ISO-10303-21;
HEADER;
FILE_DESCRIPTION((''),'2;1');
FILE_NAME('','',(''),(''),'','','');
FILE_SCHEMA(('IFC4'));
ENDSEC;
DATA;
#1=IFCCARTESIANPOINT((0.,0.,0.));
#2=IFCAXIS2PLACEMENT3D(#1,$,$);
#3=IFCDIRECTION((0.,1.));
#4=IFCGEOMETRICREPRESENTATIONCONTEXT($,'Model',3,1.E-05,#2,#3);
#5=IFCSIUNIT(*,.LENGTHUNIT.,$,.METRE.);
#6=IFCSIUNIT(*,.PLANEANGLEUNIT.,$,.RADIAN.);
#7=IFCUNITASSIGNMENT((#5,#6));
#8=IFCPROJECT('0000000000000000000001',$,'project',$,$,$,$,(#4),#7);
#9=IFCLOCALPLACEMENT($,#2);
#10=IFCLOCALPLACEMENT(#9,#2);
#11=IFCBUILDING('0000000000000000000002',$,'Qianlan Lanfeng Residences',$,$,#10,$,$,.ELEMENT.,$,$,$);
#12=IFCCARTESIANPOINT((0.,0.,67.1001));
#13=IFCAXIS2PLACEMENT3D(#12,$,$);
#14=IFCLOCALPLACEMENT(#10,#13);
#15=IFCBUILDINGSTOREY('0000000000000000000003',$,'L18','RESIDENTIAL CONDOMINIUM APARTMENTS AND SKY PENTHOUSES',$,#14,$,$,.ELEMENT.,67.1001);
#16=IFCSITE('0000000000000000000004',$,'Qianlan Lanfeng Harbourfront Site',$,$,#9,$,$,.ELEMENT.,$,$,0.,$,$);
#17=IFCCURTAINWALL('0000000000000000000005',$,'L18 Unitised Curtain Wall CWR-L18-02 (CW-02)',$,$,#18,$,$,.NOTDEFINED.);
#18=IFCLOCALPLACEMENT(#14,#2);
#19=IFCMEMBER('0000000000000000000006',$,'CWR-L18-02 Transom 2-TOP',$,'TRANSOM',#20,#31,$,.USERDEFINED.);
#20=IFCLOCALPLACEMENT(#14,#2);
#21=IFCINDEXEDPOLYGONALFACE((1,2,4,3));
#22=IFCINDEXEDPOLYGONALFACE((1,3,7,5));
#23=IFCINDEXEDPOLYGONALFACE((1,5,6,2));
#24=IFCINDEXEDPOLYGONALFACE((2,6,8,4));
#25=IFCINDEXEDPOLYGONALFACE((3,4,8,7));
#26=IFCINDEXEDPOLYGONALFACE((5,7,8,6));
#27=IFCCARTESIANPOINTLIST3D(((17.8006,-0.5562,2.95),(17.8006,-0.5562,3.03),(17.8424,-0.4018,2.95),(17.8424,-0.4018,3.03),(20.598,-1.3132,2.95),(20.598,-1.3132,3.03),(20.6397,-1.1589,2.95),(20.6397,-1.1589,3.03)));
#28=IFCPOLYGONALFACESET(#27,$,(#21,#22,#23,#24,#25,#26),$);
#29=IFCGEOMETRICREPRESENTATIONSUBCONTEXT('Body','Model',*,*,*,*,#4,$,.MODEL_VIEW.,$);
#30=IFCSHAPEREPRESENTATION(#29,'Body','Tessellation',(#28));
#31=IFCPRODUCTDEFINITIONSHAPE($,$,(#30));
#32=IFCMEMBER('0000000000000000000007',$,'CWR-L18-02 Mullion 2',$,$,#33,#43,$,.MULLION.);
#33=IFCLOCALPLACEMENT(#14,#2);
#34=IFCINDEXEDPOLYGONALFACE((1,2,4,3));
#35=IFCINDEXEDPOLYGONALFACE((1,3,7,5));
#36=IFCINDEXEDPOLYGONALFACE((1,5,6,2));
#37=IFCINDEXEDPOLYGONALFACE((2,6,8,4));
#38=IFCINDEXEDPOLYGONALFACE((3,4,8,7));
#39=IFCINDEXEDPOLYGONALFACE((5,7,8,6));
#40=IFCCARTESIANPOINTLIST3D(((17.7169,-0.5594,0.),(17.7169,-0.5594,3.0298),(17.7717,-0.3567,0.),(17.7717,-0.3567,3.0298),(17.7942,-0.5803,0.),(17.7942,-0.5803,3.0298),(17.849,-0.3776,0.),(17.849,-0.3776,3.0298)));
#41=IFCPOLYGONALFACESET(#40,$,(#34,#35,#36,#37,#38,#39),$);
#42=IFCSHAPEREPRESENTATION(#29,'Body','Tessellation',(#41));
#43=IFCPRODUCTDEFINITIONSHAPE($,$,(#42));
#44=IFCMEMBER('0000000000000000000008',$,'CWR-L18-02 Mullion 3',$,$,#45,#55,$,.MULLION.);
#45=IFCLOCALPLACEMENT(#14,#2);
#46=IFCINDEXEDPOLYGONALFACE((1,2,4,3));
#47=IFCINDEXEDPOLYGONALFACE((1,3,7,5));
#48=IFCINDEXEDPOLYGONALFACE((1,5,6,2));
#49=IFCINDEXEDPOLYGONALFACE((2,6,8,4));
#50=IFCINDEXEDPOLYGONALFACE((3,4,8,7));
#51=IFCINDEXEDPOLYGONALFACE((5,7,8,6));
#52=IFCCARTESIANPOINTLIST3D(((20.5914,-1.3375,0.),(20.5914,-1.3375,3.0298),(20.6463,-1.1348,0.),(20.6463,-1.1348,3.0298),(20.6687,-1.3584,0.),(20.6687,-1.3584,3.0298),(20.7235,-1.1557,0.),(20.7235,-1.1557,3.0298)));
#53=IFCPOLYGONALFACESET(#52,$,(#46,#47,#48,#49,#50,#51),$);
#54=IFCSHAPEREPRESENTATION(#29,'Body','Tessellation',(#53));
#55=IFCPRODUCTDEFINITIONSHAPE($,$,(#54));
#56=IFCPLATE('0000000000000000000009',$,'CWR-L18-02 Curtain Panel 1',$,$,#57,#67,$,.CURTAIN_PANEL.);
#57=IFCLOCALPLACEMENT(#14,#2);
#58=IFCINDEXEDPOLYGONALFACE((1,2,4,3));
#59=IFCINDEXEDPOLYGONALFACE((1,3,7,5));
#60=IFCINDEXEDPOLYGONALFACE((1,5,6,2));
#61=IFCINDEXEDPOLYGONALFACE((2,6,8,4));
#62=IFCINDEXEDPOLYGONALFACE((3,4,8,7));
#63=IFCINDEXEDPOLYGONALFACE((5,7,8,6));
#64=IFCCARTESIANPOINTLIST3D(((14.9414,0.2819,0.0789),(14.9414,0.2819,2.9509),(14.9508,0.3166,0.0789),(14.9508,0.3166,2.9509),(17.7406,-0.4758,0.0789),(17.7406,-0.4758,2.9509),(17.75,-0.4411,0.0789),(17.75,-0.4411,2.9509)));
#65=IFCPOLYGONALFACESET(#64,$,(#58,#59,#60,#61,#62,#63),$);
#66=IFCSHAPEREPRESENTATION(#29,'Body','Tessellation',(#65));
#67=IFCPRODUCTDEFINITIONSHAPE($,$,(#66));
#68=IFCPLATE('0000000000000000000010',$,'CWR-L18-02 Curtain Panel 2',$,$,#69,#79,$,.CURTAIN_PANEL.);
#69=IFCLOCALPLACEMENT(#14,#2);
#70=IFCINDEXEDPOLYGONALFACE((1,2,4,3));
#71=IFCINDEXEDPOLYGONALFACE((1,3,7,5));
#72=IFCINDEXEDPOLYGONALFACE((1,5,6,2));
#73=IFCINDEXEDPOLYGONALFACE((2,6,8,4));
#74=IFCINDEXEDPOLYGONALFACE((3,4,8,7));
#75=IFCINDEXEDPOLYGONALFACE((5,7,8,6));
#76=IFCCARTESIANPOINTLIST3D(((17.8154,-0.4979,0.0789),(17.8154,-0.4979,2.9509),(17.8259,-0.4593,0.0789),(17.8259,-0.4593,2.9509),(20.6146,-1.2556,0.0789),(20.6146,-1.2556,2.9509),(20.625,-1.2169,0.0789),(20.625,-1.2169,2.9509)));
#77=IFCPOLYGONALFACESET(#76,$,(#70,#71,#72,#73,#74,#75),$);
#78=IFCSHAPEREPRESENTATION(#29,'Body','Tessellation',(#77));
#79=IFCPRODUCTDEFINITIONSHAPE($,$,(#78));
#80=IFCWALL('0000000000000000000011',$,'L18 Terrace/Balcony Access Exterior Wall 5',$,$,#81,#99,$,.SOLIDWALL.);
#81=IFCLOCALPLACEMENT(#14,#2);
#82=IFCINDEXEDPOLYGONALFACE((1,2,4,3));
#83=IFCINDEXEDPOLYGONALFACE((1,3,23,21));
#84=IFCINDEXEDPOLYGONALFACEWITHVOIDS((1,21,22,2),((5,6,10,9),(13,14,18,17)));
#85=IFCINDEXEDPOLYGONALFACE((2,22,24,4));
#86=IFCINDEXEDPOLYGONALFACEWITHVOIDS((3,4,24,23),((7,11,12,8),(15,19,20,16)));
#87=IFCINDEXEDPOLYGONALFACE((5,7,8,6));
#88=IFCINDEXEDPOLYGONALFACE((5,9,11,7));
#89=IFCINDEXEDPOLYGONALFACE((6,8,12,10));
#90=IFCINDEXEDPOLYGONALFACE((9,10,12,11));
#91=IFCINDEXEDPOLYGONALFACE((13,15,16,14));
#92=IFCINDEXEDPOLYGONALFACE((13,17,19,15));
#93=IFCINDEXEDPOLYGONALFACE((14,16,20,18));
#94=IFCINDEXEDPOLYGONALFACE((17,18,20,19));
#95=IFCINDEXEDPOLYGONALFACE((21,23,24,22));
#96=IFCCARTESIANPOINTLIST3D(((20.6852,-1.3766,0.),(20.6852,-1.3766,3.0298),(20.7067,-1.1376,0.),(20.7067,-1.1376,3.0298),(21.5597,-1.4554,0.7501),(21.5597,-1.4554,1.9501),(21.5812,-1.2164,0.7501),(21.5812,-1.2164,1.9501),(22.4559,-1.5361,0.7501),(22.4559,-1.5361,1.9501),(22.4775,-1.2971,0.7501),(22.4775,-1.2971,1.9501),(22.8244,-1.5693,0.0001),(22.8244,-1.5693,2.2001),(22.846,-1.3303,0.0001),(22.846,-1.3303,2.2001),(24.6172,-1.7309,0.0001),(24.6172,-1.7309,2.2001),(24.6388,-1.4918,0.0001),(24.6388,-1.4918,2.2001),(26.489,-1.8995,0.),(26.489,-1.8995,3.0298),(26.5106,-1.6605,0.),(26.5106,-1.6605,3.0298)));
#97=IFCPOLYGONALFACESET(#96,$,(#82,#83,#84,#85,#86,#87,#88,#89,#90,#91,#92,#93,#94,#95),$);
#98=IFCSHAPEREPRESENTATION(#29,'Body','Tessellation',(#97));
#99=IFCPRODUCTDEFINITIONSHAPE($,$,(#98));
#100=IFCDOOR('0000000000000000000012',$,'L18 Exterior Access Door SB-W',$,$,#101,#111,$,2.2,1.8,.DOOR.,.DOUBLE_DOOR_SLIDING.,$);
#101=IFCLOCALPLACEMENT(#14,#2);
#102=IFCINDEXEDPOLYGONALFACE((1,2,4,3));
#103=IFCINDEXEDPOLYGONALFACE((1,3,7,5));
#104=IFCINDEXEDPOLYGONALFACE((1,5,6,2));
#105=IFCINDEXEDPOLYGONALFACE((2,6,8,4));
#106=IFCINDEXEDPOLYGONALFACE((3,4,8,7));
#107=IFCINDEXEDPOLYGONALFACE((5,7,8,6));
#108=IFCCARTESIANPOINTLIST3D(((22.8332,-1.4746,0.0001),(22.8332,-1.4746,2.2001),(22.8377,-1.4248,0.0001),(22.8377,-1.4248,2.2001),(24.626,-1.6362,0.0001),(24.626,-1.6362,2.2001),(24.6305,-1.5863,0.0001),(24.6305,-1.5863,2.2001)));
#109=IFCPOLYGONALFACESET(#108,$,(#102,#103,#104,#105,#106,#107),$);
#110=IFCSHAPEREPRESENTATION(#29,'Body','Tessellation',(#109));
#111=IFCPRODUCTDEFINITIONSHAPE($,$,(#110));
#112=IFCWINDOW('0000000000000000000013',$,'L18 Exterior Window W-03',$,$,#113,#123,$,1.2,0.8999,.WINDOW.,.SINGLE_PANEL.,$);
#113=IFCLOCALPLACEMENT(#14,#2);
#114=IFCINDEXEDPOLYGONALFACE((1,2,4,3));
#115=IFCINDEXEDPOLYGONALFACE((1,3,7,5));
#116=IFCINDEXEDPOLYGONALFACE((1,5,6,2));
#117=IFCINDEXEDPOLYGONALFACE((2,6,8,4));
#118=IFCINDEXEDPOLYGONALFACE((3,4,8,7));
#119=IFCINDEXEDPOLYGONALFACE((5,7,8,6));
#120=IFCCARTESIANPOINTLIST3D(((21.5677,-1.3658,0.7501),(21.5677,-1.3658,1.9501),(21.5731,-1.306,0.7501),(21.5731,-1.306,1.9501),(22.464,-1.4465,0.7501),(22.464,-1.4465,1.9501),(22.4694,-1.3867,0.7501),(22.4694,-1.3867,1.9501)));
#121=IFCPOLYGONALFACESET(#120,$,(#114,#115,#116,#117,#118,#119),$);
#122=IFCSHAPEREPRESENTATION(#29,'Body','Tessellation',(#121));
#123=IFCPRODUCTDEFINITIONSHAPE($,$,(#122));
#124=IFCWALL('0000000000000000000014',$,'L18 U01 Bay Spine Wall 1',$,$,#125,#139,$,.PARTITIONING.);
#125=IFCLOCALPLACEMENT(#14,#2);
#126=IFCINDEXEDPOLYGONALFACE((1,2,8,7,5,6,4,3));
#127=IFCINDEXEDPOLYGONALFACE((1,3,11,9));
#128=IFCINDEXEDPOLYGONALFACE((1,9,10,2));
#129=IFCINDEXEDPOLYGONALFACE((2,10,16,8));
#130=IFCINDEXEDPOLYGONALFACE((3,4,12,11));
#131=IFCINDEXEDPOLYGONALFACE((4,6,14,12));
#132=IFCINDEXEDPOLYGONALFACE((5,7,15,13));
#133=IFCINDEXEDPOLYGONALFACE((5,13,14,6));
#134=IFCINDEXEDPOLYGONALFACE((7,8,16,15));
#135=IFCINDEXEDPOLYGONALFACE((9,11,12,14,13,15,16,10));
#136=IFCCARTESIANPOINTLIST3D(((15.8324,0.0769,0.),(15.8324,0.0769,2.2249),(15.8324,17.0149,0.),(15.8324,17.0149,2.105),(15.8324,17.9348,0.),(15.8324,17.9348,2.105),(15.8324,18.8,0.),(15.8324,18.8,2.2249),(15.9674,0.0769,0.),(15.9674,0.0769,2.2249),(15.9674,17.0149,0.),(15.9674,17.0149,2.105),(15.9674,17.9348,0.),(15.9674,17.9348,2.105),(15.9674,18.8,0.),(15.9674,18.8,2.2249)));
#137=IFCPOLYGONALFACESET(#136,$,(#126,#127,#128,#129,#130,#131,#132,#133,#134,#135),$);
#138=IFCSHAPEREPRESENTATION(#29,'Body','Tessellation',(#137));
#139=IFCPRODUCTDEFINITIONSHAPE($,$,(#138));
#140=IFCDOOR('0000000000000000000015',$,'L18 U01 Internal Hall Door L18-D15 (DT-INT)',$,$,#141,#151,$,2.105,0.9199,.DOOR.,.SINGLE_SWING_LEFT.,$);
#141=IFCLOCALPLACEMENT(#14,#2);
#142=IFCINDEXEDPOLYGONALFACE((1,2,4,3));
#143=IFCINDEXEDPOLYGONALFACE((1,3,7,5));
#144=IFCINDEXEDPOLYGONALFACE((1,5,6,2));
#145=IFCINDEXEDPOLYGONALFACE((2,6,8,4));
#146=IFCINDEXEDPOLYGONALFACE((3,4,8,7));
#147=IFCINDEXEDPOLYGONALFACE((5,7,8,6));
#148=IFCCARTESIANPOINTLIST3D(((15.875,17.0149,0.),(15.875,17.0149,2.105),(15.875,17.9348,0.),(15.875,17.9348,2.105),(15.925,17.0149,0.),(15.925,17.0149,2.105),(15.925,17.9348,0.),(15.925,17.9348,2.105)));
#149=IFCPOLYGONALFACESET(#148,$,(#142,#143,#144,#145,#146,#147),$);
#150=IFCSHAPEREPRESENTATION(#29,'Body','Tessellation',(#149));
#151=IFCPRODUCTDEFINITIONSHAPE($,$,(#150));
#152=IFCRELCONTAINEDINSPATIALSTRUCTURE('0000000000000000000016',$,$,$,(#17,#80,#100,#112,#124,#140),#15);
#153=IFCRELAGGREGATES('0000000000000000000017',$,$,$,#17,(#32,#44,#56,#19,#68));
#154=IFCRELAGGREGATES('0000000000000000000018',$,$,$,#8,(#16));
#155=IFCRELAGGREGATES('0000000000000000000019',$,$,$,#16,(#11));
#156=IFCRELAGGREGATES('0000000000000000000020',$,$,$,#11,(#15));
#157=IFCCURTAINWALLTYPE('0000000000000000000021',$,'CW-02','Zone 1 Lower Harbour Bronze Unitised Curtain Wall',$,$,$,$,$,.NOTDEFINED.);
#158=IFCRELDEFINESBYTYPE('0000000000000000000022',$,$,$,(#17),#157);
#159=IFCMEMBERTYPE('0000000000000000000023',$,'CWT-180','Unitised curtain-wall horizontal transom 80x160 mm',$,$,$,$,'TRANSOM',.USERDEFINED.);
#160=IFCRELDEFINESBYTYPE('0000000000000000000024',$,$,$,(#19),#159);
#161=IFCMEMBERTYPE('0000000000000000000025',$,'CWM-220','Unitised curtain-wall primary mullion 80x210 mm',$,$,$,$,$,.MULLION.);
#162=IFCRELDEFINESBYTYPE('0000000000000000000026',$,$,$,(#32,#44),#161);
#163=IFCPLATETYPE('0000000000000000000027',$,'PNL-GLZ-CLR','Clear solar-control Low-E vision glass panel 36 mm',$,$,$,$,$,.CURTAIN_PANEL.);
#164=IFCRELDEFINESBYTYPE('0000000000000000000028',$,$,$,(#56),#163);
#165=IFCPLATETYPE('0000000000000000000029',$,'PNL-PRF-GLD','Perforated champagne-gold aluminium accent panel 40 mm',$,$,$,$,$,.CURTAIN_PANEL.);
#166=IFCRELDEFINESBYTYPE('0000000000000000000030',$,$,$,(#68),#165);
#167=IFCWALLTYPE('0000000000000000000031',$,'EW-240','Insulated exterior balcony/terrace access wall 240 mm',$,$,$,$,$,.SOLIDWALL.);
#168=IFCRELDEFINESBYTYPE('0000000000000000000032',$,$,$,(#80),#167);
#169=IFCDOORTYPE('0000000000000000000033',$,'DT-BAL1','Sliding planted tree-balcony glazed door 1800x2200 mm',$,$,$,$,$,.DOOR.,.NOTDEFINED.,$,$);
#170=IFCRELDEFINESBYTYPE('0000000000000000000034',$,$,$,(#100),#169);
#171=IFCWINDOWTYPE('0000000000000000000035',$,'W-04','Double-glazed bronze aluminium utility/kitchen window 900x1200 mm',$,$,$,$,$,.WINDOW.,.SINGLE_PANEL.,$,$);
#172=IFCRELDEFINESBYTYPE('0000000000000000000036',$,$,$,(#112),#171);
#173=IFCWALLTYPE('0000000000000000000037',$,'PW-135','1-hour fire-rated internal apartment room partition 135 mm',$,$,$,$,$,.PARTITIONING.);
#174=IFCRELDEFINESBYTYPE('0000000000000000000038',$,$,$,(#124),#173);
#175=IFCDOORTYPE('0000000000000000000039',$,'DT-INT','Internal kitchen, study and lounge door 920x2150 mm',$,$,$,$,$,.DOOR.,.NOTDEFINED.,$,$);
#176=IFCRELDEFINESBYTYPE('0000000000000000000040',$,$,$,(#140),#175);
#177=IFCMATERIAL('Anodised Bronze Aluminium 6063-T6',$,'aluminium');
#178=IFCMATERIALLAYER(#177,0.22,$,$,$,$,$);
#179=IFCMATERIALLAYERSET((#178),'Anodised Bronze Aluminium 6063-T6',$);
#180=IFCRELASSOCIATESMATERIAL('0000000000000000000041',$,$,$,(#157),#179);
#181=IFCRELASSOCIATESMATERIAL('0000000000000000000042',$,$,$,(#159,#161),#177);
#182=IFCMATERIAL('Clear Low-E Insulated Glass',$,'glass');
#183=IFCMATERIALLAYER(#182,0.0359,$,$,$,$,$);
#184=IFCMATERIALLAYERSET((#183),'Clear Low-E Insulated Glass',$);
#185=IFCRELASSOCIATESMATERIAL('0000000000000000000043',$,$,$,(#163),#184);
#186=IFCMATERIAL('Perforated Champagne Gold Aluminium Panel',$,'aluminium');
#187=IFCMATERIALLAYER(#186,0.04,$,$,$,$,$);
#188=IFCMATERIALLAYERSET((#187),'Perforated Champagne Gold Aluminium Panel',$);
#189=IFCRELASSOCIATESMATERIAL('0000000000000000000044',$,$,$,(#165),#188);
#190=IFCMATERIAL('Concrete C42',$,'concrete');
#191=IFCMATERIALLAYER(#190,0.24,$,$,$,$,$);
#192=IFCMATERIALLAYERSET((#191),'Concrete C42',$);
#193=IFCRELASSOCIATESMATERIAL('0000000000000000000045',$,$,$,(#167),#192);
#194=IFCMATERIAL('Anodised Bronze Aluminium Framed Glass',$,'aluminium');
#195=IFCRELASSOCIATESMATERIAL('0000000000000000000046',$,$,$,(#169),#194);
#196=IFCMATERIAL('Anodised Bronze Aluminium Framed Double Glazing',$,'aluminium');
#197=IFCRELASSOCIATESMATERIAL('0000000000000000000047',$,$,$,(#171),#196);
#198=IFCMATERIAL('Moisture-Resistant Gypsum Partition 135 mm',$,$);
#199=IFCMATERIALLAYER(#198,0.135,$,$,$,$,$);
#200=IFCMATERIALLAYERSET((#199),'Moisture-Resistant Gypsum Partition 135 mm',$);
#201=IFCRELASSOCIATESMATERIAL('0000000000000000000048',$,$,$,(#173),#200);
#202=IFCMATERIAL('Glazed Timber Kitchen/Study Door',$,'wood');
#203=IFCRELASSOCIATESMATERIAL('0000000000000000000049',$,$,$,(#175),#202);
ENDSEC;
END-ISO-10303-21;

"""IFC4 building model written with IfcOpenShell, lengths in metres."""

from ifc_helpers import new_model, si_unit, direction, frame, frame_2d, origin, origin_2d, place, context, subcontext, project, spatial, rectangle, extrude, source, transform, mapped, material, layer, layer_set, material_profile, profile_set, type_object, element, fill, aggregate, save


model = new_model("IFC4")

# Units and contexts
model_context = context("Model", 3, precision=1e-05, world=origin(), true_north=direction((0.0, 1.0)))
body_context = subcontext(model_context, "Body", "Model", "MODEL_VIEW")
ifc_project = project(units=[si_unit("LENGTHUNIT", "METRE"), si_unit("PLANEANGLEUNIT", "RADIAN")], contexts=[model_context])

# Site, building, storey
site_placement = place(None, origin())
site = spatial("IfcSite", under=ifc_project, at=site_placement, Name="Qianlan Lanfeng Harbourfront Site", CompositionType="ELEMENT", RefElevation=0.0)
building_placement = place(site_placement, origin())
building = spatial("IfcBuilding", under=site, at=building_placement, Name="Qianlan Lanfeng Residences", CompositionType="ELEMENT")
storey_placement = place(building_placement, frame((0.0, 0.0, 67.1001)))
storey = spatial("IfcBuildingStorey", under=building, at=storey_placement, Name="L18", Description="RESIDENTIAL CONDOMINIUM APARTMENTS AND SKY PENTHOUSES", CompositionType="ELEMENT", Elevation=67.1001)

# Curtain wall, members, plates
ifc_material_1 = material(Name="Anodised Bronze Aluminium 6063-T6", Category="aluminium")
ifc_layer_1 = layer(ifc_material_1, 0.22)
ifc_layer_set_1 = layer_set([ifc_layer_1], Name="Anodised Bronze Aluminium 6063-T6")
curtain_wall_type = type_object("IfcCurtainWallType", Name="CW-02", Description="Zone 1 Lower Harbour Bronze Unitised Curtain Wall", PredefinedType="NOTDEFINED", material=ifc_layer_set_1)
curtain_wall_placement = place(storey_placement, origin())
curtain_wall = element("IfcCurtainWall", 1, at=curtain_wall_placement, inside=storey, type_object=curtain_wall_type, Name="L18 Unitised Curtain Wall CWR-L18-02 (CW-02)", PredefinedType="NOTDEFINED")
ifc_material_profile_1 = material_profile(ifc_material_1, rectangle(XDim=0.0801, YDim=0.1599, at=origin_2d()), Name="ALU TRANSOM 80x160")
ifc_profile_set_1 = profile_set([ifc_material_profile_1], Name="Anodised Bronze Aluminium 6063-T6")
member_type_1 = type_object("IfcMemberType", Name="CWT-180", Description="Unitised curtain-wall horizontal transom 80x160 mm", ElementType="TRANSOM", PredefinedType="USERDEFINED", material=ifc_profile_set_1)
shared_shape_1 = source(origin(), body_context, "Body", "SweptSolid", [
    extrude(rectangle(XDim=0.0801, YDim=0.1599, at=origin_2d()), origin(), (0.0, 0.0, 1.0), 2.8979),
])
member_1_placement = place(storey_placement, frame((17.8215, -0.479, 2.99), z_axis=(0.965273, -0.261242, 0.0), x_axis=(0.0, 0.0, 1.0)))
member_1 = element("IfcMember", 2, at=member_1_placement, type_object=member_type_1, Name="CWR-L18-02 Transom 2-TOP", ObjectType="TRANSOM", PredefinedType="USERDEFINED", context=body_context, shape_type="MappedRepresentation", body=[
    mapped(shared_shape_1, transform((0.0, 0.0, 0.0), scale=1.0)),
])
ifc_material_profile_2 = material_profile(ifc_material_1, rectangle(XDim=0.0801, YDim=0.21, at=origin_2d()), Name="ALU MULLION 80x210")
ifc_profile_set_2 = profile_set([ifc_material_profile_2], Name="Anodised Bronze Aluminium 6063-T6")
member_type_2 = type_object("IfcMemberType", Name="CWM-220", Description="Unitised curtain-wall primary mullion 80x210 mm", PredefinedType="MULLION", material=ifc_profile_set_2)
shared_shape_2 = source(origin(), body_context, "Body", "SweptSolid", [
    extrude(rectangle(XDim=0.0801, YDim=0.21, at=origin_2d()), origin(), (0.0, 0.0, 1.0), 3.0298),
])
member_2_placement = place(storey_placement, frame((17.783, -0.4685, 0.0), z_axis=(0.0, 0.0, 1.0), x_axis=(0.965263, -0.261281, 0.0)))
member_2 = element("IfcMember", 3, at=member_2_placement, type_object=member_type_2, Name="CWR-L18-02 Mullion 2", PredefinedType="MULLION", context=body_context, shape_type="MappedRepresentation", body=[
    mapped(shared_shape_2, transform((0.0, 0.0, 0.0), scale=1.0)),
])
member_3_placement = place(storey_placement, frame((20.6575, -1.2466, 0.0), z_axis=(0.0, 0.0, 1.0), x_axis=(0.965263, -0.261281, 0.0)))
member_3 = element("IfcMember", 4, at=member_3_placement, type_object=member_type_2, Name="CWR-L18-02 Mullion 3", PredefinedType="MULLION", context=body_context, shape_type="MappedRepresentation", body=[
    mapped(shared_shape_2, transform((0.0, 0.0, 0.0), scale=1.0)),
])
ifc_material_2 = material(Name="Clear Low-E Insulated Glass", Category="glass")
ifc_layer_2 = layer(ifc_material_2, 0.0359)
ifc_layer_set_2 = layer_set([ifc_layer_2], Name="Clear Low-E Insulated Glass")
plate_type_1 = type_object("IfcPlateType", Name="PNL-GLZ-CLR", Description="Clear solar-control Low-E vision glass panel 36 mm", PredefinedType="CURTAIN_PANEL", material=ifc_layer_set_2)
shared_shape_3 = source(origin(), body_context, "Body", "SweptSolid", [
    extrude(rectangle(XDim=2.8999, YDim=0.0359, at=origin_2d()), origin(), (0.0, 0.0, 1.0), 2.8721),
])
plate_1_placement = place(storey_placement, frame((16.3457, -0.0796, 0.0789), z_axis=(0.0, 0.0, 1.0), x_axis=(0.965263, -0.261281, 0.0)))
plate_1 = element("IfcPlate", 5, at=plate_1_placement, type_object=plate_type_1, Name="CWR-L18-02 Curtain Panel 1", PredefinedType="CURTAIN_PANEL", context=body_context, shape_type="MappedRepresentation", body=[
    mapped(shared_shape_3, transform((0.0, 0.0, 0.0), scale=1.0)),
])
ifc_material_3 = material(Name="Perforated Champagne Gold Aluminium Panel", Category="aluminium")
ifc_layer_3 = layer(ifc_material_3, 0.04)
ifc_layer_set_3 = layer_set([ifc_layer_3], Name="Perforated Champagne Gold Aluminium Panel")
plate_type_2 = type_object("IfcPlateType", Name="PNL-PRF-GLD", Description="Perforated champagne-gold aluminium accent panel 40 mm", PredefinedType="CURTAIN_PANEL", material=ifc_layer_set_3)
shared_shape_4 = source(origin(), body_context, "Body", "SweptSolid", [
    extrude(rectangle(XDim=2.8999, YDim=0.04, at=origin_2d()), origin(), (0.0, 0.0, 1.0), 2.8721),
])
plate_2_placement = place(storey_placement, frame((19.2202, -0.8574, 0.0789), z_axis=(0.0, 0.0, 1.0), x_axis=(0.965263, -0.261281, 0.0)))
plate_2 = element("IfcPlate", 6, at=plate_2_placement, type_object=plate_type_2, Name="CWR-L18-02 Curtain Panel 2", PredefinedType="CURTAIN_PANEL", context=body_context, shape_type="MappedRepresentation", body=[
    mapped(shared_shape_4, transform((0.0, 0.0, 0.0), scale=1.0)),
])
aggregate(curtain_wall, [member_2, member_3, plate_1, member_1, plate_2])

# Wall, openings, door, window
ifc_material_4 = material(Name="Concrete C42", Category="concrete")
ifc_layer_4 = layer(ifc_material_4, 0.24)
ifc_layer_set_4 = layer_set([ifc_layer_4], Name="Concrete C42")
wall_type_1 = type_object("IfcWallType", Name="EW-240", Description="Insulated exterior balcony/terrace access wall 240 mm", PredefinedType="SOLIDWALL", material=ifc_layer_set_4)
wall_1_placement = place(storey_placement, frame((20.696, -1.2571, 0.0), z_axis=(0.0, 0.0, 1.0), x_axis=(0.995965, -0.089739, 0.0)))
wall_1 = element("IfcWall", 7, at=wall_1_placement, inside=storey, type_object=wall_type_1, Name="L18 Terrace/Balcony Access Exterior Wall 5", PredefinedType="SOLIDWALL", context=body_context, shape_type="SweptSolid", body=[
    extrude(rectangle(XDim=5.8274, YDim=0.24, at=frame_2d((2.9136, 0.0))), origin(), (0.0, 0.0, 1.0), 3.0298),
])
opening_1_placement = place(wall_1_placement, frame((2.1479, 0.0, 0.0)))
opening_1 = element("IfcOpeningElement", 8, at=opening_1_placement, cuts=wall_1, PredefinedType="OPENING", context=body_context, shape_type="SweptSolid", body=[
    extrude(rectangle(XDim=1.8, YDim=2.2, at=frame_2d((0.8999, 1.1001))), frame((0.0, 0.1299, 0.0), z_axis=(0.0, -1.0, 0.0), x_axis=(1.0, 0.0, 0.0)), (0.0, 0.0, 1.0), 0.26),
])
opening_2_placement = place(wall_1_placement, frame((0.8779, 0.0, 0.75)))
opening_2 = element("IfcOpeningElement", 9, at=opening_2_placement, cuts=wall_1, PredefinedType="OPENING", context=body_context, shape_type="SweptSolid", body=[
    extrude(rectangle(XDim=0.8999, YDim=1.2, at=frame_2d((0.45, 0.6001))), frame((0.0, 0.1299, 0.0), z_axis=(0.0, -1.0, 0.0), x_axis=(1.0, 0.0, 0.0)), (0.0, 0.0, 1.0), 0.26),
])
ifc_material_5 = material(Name="Anodised Bronze Aluminium Framed Glass", Category="aluminium")
door_type_1 = type_object("IfcDoorType", Name="DT-BAL1", Description="Sliding planted tree-balcony glazed door 1800x2200 mm", OperationType="NOTDEFINED", PredefinedType="DOOR", material=ifc_material_5)
door_1_placement = place(opening_1_placement, frame((1.8, 0.0, 0.0), z_axis=(0.0, 0.0, 1.0), x_axis=(-1.0, 0.0, 0.0)))
door_1 = element("IfcDoor", 10, at=door_1_placement, inside=storey, type_object=door_type_1, Name="L18 Exterior Access Door SB-W", OperationType="DOUBLE_DOOR_SLIDING", OverallHeight=2.2, OverallWidth=1.8, PredefinedType="DOOR", context=body_context, shape_type="SweptSolid", body=[
    extrude(rectangle(XDim=1.8, YDim=2.2, at=frame_2d((0.8999, 1.1001))), frame((0.0, 0.0249, 0.0), z_axis=(0.0, -1.0, 0.0), x_axis=(1.0, 0.0, 0.0)), (0.0, 0.0, 1.0), 0.05),
])
fill(opening_1, door_1)
ifc_material_6 = material(Name="Anodised Bronze Aluminium Framed Double Glazing", Category="aluminium")
window_type = type_object("IfcWindowType", Name="W-04", Description="Double-glazed bronze aluminium utility/kitchen window 900x1200 mm", PartitioningType="SINGLE_PANEL", PredefinedType="WINDOW", material=ifc_material_6)
window_placement = place(opening_2_placement, origin())
window = element("IfcWindow", 11, at=window_placement, inside=storey, type_object=window_type, Name="L18 Exterior Window W-03", OverallHeight=1.2, OverallWidth=0.8999, PartitioningType="SINGLE_PANEL", PredefinedType="WINDOW", context=body_context, shape_type="SweptSolid", body=[
    extrude(rectangle(XDim=0.8999, YDim=1.2, at=frame_2d((0.45, 0.6001))), frame((0.0, 0.03, 0.0), z_axis=(0.0, -1.0, 0.0), x_axis=(1.0, 0.0, 0.0)), (0.0, 0.0, 1.0), 0.0601),
])
fill(opening_2, window)

# Wall, opening, door
ifc_material_7 = material(Name="Moisture-Resistant Gypsum Partition 135 mm")
ifc_layer_5 = layer(ifc_material_7, 0.135)
ifc_layer_set_5 = layer_set([ifc_layer_5], Name="Moisture-Resistant Gypsum Partition 135 mm")
wall_type_2 = type_object("IfcWallType", Name="PW-135", Description="1-hour fire-rated internal apartment room partition 135 mm", PredefinedType="PARTITIONING", material=ifc_layer_set_5)
wall_2_placement = place(storey_placement, frame((15.8999, 0.0769, 0.0), z_axis=(0.0, 0.0, 1.0), x_axis=(0.0, 1.0, 0.0)))
wall_2 = element("IfcWall", 12, at=wall_2_placement, inside=storey, type_object=wall_type_2, Name="L18 U01 Bay Spine Wall 1", PredefinedType="PARTITIONING", context=body_context, shape_type="SweptSolid", body=[
    extrude(rectangle(XDim=18.7231, YDim=0.135, at=frame_2d((9.3616, 0.0))), origin(), (0.0, 0.0, 1.0), 2.2249),
])
opening_3_placement = place(wall_2_placement, frame((16.938, 0.0, 0.0)))
opening_3 = element("IfcOpeningElement", 13, at=opening_3_placement, cuts=wall_2, PredefinedType="OPENING", context=body_context, shape_type="SweptSolid", body=[
    extrude(rectangle(XDim=0.9199, YDim=2.105, at=frame_2d((0.46, 1.0525))), frame((0.0, 0.0776, 0.0), z_axis=(0.0, -1.0, 0.0), x_axis=(1.0, 0.0, 0.0)), (0.0, 0.0, 1.0), 0.155),
])
ifc_material_8 = material(Name="Glazed Timber Kitchen/Study Door", Category="wood")
door_type_2 = type_object("IfcDoorType", Name="DT-INT", Description="Internal kitchen, study and lounge door 920x2150 mm", OperationType="NOTDEFINED", PredefinedType="DOOR", material=ifc_material_8)
door_2_placement = place(opening_3_placement, origin())
door_2 = element("IfcDoor", 14, at=door_2_placement, inside=storey, type_object=door_type_2, Name="L18 U01 Internal Hall Door L18-D15 (DT-INT)", OperationType="SINGLE_SWING_LEFT", OverallHeight=2.105, OverallWidth=0.9199, PredefinedType="DOOR", context=body_context, shape_type="SweptSolid", body=[
    extrude(rectangle(XDim=0.9199, YDim=2.105, at=frame_2d((0.46, 1.0525))), frame((0.0, 0.0249, 0.0), z_axis=(0.0, -1.0, 0.0), x_axis=(1.0, 0.0, 0.0)), (0.0, 0.0, 1.0), 0.05),
])
fill(opening_3, door_2)

save(model, "model.ifc")
